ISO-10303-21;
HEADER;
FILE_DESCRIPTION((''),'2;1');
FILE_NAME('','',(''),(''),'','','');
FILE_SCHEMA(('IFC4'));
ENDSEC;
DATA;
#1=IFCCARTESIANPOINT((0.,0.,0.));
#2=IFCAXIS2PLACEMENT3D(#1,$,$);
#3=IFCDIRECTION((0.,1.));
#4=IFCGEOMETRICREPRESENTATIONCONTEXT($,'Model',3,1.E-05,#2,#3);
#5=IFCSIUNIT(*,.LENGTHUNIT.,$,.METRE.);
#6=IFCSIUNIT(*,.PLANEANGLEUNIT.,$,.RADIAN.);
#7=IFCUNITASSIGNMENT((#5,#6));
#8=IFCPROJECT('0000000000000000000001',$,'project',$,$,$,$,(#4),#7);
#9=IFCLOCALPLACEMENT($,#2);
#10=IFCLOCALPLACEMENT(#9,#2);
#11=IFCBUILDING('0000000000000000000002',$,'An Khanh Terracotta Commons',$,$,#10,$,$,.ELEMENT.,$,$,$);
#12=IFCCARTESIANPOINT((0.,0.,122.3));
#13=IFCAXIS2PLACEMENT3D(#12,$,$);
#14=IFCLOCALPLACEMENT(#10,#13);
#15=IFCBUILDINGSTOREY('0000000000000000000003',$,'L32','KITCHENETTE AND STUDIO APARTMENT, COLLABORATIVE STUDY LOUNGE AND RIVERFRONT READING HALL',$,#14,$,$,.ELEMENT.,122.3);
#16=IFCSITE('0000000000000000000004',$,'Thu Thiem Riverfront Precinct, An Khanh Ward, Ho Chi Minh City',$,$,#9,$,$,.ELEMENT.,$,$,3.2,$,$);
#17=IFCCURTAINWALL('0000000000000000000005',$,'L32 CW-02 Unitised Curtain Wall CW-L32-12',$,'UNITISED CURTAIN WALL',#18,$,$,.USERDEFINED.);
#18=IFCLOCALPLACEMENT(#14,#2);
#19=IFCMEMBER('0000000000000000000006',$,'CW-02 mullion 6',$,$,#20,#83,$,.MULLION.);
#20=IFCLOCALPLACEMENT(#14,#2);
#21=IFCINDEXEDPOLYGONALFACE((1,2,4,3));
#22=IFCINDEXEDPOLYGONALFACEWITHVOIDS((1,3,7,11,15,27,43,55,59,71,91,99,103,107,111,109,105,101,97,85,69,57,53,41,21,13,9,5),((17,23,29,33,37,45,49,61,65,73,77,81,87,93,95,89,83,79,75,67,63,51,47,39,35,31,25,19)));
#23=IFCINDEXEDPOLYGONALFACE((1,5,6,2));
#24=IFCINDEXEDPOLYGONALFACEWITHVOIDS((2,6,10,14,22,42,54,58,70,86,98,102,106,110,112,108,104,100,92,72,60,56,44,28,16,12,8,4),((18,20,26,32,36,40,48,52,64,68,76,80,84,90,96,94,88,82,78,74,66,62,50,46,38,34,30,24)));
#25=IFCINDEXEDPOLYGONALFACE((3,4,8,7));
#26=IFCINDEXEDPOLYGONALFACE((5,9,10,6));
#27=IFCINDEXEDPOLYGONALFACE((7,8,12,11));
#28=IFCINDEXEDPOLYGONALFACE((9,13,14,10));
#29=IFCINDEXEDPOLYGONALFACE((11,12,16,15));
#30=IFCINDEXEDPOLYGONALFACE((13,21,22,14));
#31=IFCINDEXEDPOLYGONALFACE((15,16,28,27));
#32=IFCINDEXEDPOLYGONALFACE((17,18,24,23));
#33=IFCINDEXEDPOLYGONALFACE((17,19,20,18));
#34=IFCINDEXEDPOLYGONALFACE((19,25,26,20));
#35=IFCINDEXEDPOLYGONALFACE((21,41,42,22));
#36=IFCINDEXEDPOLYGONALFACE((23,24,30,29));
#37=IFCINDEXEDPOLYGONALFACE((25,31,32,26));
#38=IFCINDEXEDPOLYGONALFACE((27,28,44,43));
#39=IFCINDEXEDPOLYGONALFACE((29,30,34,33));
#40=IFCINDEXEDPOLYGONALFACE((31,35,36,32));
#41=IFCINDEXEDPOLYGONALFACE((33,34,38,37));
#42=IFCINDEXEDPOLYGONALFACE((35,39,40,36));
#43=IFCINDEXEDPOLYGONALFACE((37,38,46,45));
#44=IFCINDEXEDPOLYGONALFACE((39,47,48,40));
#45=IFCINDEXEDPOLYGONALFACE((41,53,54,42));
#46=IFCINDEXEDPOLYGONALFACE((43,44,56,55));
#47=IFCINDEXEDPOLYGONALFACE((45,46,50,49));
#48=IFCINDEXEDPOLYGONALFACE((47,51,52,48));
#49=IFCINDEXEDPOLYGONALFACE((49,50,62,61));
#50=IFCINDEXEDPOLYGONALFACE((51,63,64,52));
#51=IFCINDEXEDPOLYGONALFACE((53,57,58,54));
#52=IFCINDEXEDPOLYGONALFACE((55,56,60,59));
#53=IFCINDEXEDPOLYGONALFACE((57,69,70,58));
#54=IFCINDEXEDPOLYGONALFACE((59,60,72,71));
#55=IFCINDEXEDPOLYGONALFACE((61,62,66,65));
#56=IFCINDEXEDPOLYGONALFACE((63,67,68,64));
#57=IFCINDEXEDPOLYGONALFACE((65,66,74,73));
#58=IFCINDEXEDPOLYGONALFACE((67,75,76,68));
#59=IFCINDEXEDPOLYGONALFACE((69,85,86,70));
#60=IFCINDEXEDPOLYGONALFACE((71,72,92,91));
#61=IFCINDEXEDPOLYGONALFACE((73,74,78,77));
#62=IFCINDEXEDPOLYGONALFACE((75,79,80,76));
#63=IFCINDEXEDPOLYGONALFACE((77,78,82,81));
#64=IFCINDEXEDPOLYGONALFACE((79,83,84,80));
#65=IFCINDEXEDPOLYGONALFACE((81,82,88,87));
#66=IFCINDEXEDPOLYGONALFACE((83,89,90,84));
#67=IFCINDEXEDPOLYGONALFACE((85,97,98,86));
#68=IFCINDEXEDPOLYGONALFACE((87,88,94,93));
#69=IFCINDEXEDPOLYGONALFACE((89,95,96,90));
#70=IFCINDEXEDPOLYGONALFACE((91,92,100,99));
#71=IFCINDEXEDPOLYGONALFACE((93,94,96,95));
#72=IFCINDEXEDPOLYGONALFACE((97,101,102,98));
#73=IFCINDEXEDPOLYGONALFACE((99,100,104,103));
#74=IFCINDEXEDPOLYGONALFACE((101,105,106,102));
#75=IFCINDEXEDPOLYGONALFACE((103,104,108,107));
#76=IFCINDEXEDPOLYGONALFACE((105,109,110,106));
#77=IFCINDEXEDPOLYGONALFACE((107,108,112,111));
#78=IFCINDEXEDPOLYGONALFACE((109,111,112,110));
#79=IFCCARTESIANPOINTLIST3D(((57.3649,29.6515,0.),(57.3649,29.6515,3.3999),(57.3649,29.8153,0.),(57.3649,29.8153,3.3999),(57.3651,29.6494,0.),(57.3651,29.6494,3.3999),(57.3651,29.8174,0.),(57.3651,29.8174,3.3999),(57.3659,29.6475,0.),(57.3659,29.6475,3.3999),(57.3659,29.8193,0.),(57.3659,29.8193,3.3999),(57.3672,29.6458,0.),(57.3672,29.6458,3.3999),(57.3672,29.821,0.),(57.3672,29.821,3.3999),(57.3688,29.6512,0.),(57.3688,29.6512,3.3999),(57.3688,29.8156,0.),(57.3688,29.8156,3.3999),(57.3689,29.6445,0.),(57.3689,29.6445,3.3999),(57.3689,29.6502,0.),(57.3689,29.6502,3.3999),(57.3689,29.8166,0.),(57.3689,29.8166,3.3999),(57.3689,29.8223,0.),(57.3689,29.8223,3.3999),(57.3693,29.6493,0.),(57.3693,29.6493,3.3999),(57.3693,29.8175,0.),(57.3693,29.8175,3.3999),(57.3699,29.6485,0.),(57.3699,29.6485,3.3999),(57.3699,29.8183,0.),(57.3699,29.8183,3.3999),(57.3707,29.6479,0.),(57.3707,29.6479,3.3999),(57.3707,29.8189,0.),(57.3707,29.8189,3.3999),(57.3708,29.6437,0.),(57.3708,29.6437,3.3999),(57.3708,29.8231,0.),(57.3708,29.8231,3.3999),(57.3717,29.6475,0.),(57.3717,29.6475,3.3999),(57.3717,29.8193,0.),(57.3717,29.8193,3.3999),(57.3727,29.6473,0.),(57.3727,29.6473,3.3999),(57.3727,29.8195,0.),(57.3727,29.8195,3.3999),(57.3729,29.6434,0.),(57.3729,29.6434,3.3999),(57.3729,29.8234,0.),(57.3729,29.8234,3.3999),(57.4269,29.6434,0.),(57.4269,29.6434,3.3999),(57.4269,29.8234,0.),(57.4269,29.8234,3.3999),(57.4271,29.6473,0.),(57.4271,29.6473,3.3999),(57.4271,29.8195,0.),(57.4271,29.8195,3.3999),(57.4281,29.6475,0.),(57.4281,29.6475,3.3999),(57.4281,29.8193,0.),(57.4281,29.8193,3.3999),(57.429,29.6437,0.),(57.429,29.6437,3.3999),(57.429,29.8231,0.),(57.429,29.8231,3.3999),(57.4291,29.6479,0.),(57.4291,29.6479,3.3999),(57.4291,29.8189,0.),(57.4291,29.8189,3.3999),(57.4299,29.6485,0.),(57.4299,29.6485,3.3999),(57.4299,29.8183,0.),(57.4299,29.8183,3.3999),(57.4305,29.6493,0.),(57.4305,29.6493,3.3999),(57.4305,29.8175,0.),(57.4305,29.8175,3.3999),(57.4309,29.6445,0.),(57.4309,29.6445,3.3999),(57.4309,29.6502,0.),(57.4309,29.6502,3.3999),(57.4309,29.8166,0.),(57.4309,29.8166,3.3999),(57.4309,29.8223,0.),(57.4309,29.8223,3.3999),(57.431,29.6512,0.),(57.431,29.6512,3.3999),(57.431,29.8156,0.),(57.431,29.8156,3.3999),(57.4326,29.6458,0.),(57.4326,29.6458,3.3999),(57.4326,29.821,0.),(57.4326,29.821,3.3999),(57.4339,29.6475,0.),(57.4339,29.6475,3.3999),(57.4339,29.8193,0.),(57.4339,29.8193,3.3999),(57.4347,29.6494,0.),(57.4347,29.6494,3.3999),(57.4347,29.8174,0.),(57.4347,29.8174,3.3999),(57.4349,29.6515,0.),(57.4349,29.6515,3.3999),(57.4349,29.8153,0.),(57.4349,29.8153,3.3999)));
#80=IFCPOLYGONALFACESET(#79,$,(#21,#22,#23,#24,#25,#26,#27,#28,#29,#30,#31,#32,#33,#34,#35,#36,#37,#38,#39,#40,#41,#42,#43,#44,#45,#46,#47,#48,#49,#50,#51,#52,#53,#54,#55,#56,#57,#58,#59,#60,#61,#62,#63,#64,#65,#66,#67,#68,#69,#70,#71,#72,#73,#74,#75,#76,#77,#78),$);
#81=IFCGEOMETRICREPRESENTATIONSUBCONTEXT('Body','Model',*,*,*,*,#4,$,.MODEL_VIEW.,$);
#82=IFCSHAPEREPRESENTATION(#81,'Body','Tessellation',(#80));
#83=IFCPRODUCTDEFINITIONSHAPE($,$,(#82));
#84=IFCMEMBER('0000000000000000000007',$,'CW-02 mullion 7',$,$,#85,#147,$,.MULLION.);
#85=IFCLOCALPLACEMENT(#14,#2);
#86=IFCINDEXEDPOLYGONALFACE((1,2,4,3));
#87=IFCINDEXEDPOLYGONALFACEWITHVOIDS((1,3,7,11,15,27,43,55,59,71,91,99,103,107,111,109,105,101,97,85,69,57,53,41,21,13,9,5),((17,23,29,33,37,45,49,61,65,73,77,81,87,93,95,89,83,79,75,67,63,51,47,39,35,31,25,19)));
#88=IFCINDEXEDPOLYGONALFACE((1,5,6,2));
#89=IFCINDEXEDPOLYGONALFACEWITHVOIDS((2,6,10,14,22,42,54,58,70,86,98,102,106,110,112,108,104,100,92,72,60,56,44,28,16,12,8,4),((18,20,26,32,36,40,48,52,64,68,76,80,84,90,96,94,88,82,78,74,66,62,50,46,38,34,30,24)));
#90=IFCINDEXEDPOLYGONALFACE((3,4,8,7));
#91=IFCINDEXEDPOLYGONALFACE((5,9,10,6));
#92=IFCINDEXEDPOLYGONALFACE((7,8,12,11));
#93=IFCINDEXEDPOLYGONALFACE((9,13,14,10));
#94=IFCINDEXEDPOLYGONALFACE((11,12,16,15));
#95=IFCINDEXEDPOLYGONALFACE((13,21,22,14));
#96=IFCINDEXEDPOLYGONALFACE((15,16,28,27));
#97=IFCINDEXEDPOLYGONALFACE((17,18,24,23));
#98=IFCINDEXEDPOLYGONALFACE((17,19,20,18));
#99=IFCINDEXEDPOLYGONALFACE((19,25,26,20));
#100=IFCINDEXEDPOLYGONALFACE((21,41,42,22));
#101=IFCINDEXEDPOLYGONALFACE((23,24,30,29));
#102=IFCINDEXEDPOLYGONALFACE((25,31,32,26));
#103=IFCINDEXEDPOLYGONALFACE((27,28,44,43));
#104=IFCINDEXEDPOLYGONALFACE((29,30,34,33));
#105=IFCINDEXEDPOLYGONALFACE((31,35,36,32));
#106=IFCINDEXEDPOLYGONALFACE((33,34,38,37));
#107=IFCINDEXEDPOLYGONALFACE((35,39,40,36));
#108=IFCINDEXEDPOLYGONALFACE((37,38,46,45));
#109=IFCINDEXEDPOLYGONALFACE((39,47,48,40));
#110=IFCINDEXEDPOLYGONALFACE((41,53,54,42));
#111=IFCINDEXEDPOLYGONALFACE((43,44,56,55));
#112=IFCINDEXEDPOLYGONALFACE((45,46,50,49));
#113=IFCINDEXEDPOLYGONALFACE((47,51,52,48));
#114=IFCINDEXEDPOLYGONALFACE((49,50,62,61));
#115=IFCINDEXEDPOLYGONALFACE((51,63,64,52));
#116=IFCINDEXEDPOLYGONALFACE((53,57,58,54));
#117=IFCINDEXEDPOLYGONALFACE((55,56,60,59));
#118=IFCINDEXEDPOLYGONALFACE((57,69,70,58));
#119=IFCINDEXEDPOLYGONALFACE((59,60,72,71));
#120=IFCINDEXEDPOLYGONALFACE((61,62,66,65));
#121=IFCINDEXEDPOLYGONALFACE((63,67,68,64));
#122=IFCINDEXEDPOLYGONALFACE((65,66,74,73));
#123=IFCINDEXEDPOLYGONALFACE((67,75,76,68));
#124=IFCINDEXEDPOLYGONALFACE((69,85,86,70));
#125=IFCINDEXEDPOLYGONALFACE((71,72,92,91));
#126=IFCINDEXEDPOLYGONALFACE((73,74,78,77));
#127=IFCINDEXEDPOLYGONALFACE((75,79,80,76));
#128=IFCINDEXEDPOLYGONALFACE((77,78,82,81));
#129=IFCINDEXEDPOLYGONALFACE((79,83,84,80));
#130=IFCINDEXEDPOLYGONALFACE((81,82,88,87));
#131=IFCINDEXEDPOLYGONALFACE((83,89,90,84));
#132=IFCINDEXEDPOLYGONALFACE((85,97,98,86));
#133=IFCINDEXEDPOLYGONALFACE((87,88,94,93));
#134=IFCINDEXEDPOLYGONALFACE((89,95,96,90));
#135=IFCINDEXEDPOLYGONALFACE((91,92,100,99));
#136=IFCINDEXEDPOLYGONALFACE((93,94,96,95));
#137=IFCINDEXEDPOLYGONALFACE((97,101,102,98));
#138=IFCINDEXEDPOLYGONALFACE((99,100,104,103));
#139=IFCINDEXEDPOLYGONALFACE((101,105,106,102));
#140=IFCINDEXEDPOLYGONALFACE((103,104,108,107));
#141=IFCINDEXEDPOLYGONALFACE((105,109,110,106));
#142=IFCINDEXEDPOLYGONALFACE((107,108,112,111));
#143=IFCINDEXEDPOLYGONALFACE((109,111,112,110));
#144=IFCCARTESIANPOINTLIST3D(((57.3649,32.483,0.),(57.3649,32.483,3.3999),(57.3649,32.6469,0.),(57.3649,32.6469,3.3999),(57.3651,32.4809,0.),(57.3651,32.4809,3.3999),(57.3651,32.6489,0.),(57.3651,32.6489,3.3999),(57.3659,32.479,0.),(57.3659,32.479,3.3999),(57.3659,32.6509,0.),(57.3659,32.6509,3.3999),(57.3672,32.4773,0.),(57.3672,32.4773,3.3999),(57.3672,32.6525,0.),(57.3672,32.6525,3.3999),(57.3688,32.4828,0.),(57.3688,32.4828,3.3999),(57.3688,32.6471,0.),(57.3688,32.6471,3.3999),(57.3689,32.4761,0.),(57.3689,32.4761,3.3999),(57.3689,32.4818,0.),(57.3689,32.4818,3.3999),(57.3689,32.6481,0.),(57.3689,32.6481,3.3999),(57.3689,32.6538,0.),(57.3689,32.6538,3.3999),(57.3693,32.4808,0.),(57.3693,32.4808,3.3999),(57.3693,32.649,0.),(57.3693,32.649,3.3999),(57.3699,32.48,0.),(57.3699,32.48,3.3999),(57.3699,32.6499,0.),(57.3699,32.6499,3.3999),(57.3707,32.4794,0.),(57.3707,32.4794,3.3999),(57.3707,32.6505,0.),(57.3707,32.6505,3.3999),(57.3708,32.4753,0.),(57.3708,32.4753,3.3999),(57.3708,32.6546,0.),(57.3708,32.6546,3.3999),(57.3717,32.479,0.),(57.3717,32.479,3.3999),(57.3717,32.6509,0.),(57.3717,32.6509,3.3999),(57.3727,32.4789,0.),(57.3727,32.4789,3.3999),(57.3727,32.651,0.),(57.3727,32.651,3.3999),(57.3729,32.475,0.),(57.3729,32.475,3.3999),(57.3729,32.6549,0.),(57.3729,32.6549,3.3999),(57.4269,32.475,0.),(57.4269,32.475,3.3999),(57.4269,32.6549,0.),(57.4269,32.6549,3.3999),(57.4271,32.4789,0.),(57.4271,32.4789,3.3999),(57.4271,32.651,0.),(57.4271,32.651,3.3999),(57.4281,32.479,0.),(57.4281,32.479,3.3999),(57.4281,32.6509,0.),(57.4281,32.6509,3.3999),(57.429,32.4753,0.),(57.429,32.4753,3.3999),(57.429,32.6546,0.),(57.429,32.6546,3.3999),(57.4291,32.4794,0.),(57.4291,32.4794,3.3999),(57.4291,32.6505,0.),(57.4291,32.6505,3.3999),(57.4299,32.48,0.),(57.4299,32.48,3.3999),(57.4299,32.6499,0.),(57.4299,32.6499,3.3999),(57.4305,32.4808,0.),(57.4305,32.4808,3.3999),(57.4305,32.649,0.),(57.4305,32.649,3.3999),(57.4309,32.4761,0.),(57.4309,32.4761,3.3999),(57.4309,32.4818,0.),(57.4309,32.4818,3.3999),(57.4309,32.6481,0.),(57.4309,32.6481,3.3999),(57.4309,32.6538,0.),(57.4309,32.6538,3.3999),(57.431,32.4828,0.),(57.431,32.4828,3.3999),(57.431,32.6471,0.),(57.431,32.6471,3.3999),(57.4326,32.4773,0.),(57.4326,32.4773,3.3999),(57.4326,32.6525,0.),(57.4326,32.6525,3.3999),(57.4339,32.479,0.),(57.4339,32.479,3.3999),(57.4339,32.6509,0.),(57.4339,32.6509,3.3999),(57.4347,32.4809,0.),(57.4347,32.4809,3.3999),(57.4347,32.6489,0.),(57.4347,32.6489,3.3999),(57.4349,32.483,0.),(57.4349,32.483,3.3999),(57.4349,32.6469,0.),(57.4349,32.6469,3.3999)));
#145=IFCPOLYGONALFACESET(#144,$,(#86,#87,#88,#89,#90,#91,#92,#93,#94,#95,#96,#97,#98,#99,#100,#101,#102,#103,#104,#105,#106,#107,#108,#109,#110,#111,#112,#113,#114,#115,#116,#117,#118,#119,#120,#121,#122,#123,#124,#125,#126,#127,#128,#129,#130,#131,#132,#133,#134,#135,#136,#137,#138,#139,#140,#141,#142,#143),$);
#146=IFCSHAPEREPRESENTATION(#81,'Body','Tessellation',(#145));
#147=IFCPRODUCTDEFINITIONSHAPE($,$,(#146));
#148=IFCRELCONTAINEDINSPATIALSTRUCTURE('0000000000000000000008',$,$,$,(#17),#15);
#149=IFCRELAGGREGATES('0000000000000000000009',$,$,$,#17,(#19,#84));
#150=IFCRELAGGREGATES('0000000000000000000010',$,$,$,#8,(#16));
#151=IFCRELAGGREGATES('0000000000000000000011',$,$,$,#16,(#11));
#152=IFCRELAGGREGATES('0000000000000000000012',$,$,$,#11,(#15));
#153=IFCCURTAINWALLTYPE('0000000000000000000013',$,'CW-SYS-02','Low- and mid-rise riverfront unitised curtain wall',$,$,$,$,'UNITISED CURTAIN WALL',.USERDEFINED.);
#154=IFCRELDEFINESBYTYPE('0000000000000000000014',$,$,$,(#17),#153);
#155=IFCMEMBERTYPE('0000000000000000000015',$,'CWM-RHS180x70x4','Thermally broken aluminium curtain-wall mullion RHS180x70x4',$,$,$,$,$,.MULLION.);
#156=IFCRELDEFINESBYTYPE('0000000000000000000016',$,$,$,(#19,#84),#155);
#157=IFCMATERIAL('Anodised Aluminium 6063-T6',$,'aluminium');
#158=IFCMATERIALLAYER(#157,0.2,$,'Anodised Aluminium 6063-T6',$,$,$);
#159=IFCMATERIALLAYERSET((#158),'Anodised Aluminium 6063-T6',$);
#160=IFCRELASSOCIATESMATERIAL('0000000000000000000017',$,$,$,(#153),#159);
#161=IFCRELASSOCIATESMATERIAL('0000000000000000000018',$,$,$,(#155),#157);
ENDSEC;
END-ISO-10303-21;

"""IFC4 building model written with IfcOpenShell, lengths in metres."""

from ifc_helpers import new_model, si_unit, direction, frame, origin, origin_2d, place, context, subcontext, project, spatial, hollow_rectangle, extrude, material, layer, layer_set, material_profile, profile_set, type_object, element, aggregate, save


model = new_model("IFC4")

# Units and contexts
model_context = context("Model", 3, precision=1e-05, world=origin(), true_north=direction((0.0, 1.0)))
body_context = subcontext(model_context, "Body", "Model", "MODEL_VIEW")
ifc_project = project(units=[si_unit("LENGTHUNIT", "METRE"), si_unit("PLANEANGLEUNIT", "RADIAN")], contexts=[model_context])

# Site, building, storey
site_placement = place(None, origin())
site = spatial("IfcSite", under=ifc_project, at=site_placement, Name="Thu Thiem Riverfront Precinct, An Khanh Ward, Ho Chi Minh City", CompositionType="ELEMENT", RefElevation=3.2)
building_placement = place(site_placement, origin())
building = spatial("IfcBuilding", under=site, at=building_placement, Name="An Khanh Terracotta Commons", CompositionType="ELEMENT")
storey_placement = place(building_placement, frame((0.0, 0.0, 122.3)))
storey = spatial("IfcBuildingStorey", under=building, at=storey_placement, Name="L32", Description="KITCHENETTE AND STUDIO APARTMENT, COLLABORATIVE STUDY LOUNGE AND RIVERFRONT READING HALL", CompositionType="ELEMENT", Elevation=122.3)

# Curtain wall, members
ifc_material_1 = material(Name="Anodised Aluminium 6063-T6", Category="aluminium")
ifc_layer_1 = layer(ifc_material_1, 0.2, Name="Anodised Aluminium 6063-T6")
ifc_layer_set_1 = layer_set([ifc_layer_1], Name="Anodised Aluminium 6063-T6")
curtain_wall_type = type_object("IfcCurtainWallType", Name="CW-SYS-02", Description="Low- and mid-rise riverfront unitised curtain wall", ElementType="UNITISED CURTAIN WALL", PredefinedType="USERDEFINED", material=ifc_layer_set_1)
curtain_wall_1_placement = place(storey_placement, origin())
curtain_wall_1 = element("IfcCurtainWall", 1, at=curtain_wall_1_placement, inside=storey, type_object=curtain_wall_type, Name="L32 CW-02 Unitised Curtain Wall CW-L32-12", ObjectType="UNITISED CURTAIN WALL", PredefinedType="USERDEFINED")
ifc_material_profile_1 = material_profile(ifc_material_1, hollow_rectangle(XDim=0.0701, YDim=0.1799, WallThickness=0.0039, InnerFilletRadius=0.0039, OuterFilletRadius=0.0081, at=origin_2d()), Name="RHS180x70x4")
ifc_profile_set_1 = profile_set([ifc_material_profile_1], Name="Anodised Aluminium 6063-T6")
member_type_1 = type_object("IfcMemberType", Name="CWM-RHS180x70x4", Description="Thermally broken aluminium curtain-wall mullion RHS180x70x4", PredefinedType="MULLION", material=ifc_profile_set_1)
member_1_placement = place(storey_placement, frame((57.3999, 29.7334, 0.0), z_axis=(0.0, 0.0, 1.0), x_axis=(-1.0, 0.0, 0.0)))
member_1 = element("IfcMember", 2, at=member_1_placement, type_object=member_type_1, Name="CW-02 mullion 6", PredefinedType="MULLION", context=body_context, shape_type="SweptSolid", body=[
    extrude(hollow_rectangle(XDim=0.0701, YDim=0.1799, WallThickness=0.0039, InnerFilletRadius=0.0039, OuterFilletRadius=0.0081, at=origin_2d()), origin(), (0.0, 0.0, 1.0), 3.3999),
])
member_2_placement = place(storey_placement, frame((57.3999, 32.5649, 0.0), z_axis=(0.0, 0.0, 1.0), x_axis=(-1.0, 0.0, 0.0)))
member_2 = element("IfcMember", 3, at=member_2_placement, type_object=member_type_1, Name="CW-02 mullion 7", PredefinedType="MULLION", context=body_context, shape_type="SweptSolid", body=[
    extrude(hollow_rectangle(XDim=0.0701, YDim=0.1799, WallThickness=0.0039, InnerFilletRadius=0.0039, OuterFilletRadius=0.0081, at=origin_2d()), origin(), (0.0, 0.0, 1.0), 3.3999),
])

aggregate(curtain_wall_1, [member_1, member_2])

save(model, "model.ifc")
